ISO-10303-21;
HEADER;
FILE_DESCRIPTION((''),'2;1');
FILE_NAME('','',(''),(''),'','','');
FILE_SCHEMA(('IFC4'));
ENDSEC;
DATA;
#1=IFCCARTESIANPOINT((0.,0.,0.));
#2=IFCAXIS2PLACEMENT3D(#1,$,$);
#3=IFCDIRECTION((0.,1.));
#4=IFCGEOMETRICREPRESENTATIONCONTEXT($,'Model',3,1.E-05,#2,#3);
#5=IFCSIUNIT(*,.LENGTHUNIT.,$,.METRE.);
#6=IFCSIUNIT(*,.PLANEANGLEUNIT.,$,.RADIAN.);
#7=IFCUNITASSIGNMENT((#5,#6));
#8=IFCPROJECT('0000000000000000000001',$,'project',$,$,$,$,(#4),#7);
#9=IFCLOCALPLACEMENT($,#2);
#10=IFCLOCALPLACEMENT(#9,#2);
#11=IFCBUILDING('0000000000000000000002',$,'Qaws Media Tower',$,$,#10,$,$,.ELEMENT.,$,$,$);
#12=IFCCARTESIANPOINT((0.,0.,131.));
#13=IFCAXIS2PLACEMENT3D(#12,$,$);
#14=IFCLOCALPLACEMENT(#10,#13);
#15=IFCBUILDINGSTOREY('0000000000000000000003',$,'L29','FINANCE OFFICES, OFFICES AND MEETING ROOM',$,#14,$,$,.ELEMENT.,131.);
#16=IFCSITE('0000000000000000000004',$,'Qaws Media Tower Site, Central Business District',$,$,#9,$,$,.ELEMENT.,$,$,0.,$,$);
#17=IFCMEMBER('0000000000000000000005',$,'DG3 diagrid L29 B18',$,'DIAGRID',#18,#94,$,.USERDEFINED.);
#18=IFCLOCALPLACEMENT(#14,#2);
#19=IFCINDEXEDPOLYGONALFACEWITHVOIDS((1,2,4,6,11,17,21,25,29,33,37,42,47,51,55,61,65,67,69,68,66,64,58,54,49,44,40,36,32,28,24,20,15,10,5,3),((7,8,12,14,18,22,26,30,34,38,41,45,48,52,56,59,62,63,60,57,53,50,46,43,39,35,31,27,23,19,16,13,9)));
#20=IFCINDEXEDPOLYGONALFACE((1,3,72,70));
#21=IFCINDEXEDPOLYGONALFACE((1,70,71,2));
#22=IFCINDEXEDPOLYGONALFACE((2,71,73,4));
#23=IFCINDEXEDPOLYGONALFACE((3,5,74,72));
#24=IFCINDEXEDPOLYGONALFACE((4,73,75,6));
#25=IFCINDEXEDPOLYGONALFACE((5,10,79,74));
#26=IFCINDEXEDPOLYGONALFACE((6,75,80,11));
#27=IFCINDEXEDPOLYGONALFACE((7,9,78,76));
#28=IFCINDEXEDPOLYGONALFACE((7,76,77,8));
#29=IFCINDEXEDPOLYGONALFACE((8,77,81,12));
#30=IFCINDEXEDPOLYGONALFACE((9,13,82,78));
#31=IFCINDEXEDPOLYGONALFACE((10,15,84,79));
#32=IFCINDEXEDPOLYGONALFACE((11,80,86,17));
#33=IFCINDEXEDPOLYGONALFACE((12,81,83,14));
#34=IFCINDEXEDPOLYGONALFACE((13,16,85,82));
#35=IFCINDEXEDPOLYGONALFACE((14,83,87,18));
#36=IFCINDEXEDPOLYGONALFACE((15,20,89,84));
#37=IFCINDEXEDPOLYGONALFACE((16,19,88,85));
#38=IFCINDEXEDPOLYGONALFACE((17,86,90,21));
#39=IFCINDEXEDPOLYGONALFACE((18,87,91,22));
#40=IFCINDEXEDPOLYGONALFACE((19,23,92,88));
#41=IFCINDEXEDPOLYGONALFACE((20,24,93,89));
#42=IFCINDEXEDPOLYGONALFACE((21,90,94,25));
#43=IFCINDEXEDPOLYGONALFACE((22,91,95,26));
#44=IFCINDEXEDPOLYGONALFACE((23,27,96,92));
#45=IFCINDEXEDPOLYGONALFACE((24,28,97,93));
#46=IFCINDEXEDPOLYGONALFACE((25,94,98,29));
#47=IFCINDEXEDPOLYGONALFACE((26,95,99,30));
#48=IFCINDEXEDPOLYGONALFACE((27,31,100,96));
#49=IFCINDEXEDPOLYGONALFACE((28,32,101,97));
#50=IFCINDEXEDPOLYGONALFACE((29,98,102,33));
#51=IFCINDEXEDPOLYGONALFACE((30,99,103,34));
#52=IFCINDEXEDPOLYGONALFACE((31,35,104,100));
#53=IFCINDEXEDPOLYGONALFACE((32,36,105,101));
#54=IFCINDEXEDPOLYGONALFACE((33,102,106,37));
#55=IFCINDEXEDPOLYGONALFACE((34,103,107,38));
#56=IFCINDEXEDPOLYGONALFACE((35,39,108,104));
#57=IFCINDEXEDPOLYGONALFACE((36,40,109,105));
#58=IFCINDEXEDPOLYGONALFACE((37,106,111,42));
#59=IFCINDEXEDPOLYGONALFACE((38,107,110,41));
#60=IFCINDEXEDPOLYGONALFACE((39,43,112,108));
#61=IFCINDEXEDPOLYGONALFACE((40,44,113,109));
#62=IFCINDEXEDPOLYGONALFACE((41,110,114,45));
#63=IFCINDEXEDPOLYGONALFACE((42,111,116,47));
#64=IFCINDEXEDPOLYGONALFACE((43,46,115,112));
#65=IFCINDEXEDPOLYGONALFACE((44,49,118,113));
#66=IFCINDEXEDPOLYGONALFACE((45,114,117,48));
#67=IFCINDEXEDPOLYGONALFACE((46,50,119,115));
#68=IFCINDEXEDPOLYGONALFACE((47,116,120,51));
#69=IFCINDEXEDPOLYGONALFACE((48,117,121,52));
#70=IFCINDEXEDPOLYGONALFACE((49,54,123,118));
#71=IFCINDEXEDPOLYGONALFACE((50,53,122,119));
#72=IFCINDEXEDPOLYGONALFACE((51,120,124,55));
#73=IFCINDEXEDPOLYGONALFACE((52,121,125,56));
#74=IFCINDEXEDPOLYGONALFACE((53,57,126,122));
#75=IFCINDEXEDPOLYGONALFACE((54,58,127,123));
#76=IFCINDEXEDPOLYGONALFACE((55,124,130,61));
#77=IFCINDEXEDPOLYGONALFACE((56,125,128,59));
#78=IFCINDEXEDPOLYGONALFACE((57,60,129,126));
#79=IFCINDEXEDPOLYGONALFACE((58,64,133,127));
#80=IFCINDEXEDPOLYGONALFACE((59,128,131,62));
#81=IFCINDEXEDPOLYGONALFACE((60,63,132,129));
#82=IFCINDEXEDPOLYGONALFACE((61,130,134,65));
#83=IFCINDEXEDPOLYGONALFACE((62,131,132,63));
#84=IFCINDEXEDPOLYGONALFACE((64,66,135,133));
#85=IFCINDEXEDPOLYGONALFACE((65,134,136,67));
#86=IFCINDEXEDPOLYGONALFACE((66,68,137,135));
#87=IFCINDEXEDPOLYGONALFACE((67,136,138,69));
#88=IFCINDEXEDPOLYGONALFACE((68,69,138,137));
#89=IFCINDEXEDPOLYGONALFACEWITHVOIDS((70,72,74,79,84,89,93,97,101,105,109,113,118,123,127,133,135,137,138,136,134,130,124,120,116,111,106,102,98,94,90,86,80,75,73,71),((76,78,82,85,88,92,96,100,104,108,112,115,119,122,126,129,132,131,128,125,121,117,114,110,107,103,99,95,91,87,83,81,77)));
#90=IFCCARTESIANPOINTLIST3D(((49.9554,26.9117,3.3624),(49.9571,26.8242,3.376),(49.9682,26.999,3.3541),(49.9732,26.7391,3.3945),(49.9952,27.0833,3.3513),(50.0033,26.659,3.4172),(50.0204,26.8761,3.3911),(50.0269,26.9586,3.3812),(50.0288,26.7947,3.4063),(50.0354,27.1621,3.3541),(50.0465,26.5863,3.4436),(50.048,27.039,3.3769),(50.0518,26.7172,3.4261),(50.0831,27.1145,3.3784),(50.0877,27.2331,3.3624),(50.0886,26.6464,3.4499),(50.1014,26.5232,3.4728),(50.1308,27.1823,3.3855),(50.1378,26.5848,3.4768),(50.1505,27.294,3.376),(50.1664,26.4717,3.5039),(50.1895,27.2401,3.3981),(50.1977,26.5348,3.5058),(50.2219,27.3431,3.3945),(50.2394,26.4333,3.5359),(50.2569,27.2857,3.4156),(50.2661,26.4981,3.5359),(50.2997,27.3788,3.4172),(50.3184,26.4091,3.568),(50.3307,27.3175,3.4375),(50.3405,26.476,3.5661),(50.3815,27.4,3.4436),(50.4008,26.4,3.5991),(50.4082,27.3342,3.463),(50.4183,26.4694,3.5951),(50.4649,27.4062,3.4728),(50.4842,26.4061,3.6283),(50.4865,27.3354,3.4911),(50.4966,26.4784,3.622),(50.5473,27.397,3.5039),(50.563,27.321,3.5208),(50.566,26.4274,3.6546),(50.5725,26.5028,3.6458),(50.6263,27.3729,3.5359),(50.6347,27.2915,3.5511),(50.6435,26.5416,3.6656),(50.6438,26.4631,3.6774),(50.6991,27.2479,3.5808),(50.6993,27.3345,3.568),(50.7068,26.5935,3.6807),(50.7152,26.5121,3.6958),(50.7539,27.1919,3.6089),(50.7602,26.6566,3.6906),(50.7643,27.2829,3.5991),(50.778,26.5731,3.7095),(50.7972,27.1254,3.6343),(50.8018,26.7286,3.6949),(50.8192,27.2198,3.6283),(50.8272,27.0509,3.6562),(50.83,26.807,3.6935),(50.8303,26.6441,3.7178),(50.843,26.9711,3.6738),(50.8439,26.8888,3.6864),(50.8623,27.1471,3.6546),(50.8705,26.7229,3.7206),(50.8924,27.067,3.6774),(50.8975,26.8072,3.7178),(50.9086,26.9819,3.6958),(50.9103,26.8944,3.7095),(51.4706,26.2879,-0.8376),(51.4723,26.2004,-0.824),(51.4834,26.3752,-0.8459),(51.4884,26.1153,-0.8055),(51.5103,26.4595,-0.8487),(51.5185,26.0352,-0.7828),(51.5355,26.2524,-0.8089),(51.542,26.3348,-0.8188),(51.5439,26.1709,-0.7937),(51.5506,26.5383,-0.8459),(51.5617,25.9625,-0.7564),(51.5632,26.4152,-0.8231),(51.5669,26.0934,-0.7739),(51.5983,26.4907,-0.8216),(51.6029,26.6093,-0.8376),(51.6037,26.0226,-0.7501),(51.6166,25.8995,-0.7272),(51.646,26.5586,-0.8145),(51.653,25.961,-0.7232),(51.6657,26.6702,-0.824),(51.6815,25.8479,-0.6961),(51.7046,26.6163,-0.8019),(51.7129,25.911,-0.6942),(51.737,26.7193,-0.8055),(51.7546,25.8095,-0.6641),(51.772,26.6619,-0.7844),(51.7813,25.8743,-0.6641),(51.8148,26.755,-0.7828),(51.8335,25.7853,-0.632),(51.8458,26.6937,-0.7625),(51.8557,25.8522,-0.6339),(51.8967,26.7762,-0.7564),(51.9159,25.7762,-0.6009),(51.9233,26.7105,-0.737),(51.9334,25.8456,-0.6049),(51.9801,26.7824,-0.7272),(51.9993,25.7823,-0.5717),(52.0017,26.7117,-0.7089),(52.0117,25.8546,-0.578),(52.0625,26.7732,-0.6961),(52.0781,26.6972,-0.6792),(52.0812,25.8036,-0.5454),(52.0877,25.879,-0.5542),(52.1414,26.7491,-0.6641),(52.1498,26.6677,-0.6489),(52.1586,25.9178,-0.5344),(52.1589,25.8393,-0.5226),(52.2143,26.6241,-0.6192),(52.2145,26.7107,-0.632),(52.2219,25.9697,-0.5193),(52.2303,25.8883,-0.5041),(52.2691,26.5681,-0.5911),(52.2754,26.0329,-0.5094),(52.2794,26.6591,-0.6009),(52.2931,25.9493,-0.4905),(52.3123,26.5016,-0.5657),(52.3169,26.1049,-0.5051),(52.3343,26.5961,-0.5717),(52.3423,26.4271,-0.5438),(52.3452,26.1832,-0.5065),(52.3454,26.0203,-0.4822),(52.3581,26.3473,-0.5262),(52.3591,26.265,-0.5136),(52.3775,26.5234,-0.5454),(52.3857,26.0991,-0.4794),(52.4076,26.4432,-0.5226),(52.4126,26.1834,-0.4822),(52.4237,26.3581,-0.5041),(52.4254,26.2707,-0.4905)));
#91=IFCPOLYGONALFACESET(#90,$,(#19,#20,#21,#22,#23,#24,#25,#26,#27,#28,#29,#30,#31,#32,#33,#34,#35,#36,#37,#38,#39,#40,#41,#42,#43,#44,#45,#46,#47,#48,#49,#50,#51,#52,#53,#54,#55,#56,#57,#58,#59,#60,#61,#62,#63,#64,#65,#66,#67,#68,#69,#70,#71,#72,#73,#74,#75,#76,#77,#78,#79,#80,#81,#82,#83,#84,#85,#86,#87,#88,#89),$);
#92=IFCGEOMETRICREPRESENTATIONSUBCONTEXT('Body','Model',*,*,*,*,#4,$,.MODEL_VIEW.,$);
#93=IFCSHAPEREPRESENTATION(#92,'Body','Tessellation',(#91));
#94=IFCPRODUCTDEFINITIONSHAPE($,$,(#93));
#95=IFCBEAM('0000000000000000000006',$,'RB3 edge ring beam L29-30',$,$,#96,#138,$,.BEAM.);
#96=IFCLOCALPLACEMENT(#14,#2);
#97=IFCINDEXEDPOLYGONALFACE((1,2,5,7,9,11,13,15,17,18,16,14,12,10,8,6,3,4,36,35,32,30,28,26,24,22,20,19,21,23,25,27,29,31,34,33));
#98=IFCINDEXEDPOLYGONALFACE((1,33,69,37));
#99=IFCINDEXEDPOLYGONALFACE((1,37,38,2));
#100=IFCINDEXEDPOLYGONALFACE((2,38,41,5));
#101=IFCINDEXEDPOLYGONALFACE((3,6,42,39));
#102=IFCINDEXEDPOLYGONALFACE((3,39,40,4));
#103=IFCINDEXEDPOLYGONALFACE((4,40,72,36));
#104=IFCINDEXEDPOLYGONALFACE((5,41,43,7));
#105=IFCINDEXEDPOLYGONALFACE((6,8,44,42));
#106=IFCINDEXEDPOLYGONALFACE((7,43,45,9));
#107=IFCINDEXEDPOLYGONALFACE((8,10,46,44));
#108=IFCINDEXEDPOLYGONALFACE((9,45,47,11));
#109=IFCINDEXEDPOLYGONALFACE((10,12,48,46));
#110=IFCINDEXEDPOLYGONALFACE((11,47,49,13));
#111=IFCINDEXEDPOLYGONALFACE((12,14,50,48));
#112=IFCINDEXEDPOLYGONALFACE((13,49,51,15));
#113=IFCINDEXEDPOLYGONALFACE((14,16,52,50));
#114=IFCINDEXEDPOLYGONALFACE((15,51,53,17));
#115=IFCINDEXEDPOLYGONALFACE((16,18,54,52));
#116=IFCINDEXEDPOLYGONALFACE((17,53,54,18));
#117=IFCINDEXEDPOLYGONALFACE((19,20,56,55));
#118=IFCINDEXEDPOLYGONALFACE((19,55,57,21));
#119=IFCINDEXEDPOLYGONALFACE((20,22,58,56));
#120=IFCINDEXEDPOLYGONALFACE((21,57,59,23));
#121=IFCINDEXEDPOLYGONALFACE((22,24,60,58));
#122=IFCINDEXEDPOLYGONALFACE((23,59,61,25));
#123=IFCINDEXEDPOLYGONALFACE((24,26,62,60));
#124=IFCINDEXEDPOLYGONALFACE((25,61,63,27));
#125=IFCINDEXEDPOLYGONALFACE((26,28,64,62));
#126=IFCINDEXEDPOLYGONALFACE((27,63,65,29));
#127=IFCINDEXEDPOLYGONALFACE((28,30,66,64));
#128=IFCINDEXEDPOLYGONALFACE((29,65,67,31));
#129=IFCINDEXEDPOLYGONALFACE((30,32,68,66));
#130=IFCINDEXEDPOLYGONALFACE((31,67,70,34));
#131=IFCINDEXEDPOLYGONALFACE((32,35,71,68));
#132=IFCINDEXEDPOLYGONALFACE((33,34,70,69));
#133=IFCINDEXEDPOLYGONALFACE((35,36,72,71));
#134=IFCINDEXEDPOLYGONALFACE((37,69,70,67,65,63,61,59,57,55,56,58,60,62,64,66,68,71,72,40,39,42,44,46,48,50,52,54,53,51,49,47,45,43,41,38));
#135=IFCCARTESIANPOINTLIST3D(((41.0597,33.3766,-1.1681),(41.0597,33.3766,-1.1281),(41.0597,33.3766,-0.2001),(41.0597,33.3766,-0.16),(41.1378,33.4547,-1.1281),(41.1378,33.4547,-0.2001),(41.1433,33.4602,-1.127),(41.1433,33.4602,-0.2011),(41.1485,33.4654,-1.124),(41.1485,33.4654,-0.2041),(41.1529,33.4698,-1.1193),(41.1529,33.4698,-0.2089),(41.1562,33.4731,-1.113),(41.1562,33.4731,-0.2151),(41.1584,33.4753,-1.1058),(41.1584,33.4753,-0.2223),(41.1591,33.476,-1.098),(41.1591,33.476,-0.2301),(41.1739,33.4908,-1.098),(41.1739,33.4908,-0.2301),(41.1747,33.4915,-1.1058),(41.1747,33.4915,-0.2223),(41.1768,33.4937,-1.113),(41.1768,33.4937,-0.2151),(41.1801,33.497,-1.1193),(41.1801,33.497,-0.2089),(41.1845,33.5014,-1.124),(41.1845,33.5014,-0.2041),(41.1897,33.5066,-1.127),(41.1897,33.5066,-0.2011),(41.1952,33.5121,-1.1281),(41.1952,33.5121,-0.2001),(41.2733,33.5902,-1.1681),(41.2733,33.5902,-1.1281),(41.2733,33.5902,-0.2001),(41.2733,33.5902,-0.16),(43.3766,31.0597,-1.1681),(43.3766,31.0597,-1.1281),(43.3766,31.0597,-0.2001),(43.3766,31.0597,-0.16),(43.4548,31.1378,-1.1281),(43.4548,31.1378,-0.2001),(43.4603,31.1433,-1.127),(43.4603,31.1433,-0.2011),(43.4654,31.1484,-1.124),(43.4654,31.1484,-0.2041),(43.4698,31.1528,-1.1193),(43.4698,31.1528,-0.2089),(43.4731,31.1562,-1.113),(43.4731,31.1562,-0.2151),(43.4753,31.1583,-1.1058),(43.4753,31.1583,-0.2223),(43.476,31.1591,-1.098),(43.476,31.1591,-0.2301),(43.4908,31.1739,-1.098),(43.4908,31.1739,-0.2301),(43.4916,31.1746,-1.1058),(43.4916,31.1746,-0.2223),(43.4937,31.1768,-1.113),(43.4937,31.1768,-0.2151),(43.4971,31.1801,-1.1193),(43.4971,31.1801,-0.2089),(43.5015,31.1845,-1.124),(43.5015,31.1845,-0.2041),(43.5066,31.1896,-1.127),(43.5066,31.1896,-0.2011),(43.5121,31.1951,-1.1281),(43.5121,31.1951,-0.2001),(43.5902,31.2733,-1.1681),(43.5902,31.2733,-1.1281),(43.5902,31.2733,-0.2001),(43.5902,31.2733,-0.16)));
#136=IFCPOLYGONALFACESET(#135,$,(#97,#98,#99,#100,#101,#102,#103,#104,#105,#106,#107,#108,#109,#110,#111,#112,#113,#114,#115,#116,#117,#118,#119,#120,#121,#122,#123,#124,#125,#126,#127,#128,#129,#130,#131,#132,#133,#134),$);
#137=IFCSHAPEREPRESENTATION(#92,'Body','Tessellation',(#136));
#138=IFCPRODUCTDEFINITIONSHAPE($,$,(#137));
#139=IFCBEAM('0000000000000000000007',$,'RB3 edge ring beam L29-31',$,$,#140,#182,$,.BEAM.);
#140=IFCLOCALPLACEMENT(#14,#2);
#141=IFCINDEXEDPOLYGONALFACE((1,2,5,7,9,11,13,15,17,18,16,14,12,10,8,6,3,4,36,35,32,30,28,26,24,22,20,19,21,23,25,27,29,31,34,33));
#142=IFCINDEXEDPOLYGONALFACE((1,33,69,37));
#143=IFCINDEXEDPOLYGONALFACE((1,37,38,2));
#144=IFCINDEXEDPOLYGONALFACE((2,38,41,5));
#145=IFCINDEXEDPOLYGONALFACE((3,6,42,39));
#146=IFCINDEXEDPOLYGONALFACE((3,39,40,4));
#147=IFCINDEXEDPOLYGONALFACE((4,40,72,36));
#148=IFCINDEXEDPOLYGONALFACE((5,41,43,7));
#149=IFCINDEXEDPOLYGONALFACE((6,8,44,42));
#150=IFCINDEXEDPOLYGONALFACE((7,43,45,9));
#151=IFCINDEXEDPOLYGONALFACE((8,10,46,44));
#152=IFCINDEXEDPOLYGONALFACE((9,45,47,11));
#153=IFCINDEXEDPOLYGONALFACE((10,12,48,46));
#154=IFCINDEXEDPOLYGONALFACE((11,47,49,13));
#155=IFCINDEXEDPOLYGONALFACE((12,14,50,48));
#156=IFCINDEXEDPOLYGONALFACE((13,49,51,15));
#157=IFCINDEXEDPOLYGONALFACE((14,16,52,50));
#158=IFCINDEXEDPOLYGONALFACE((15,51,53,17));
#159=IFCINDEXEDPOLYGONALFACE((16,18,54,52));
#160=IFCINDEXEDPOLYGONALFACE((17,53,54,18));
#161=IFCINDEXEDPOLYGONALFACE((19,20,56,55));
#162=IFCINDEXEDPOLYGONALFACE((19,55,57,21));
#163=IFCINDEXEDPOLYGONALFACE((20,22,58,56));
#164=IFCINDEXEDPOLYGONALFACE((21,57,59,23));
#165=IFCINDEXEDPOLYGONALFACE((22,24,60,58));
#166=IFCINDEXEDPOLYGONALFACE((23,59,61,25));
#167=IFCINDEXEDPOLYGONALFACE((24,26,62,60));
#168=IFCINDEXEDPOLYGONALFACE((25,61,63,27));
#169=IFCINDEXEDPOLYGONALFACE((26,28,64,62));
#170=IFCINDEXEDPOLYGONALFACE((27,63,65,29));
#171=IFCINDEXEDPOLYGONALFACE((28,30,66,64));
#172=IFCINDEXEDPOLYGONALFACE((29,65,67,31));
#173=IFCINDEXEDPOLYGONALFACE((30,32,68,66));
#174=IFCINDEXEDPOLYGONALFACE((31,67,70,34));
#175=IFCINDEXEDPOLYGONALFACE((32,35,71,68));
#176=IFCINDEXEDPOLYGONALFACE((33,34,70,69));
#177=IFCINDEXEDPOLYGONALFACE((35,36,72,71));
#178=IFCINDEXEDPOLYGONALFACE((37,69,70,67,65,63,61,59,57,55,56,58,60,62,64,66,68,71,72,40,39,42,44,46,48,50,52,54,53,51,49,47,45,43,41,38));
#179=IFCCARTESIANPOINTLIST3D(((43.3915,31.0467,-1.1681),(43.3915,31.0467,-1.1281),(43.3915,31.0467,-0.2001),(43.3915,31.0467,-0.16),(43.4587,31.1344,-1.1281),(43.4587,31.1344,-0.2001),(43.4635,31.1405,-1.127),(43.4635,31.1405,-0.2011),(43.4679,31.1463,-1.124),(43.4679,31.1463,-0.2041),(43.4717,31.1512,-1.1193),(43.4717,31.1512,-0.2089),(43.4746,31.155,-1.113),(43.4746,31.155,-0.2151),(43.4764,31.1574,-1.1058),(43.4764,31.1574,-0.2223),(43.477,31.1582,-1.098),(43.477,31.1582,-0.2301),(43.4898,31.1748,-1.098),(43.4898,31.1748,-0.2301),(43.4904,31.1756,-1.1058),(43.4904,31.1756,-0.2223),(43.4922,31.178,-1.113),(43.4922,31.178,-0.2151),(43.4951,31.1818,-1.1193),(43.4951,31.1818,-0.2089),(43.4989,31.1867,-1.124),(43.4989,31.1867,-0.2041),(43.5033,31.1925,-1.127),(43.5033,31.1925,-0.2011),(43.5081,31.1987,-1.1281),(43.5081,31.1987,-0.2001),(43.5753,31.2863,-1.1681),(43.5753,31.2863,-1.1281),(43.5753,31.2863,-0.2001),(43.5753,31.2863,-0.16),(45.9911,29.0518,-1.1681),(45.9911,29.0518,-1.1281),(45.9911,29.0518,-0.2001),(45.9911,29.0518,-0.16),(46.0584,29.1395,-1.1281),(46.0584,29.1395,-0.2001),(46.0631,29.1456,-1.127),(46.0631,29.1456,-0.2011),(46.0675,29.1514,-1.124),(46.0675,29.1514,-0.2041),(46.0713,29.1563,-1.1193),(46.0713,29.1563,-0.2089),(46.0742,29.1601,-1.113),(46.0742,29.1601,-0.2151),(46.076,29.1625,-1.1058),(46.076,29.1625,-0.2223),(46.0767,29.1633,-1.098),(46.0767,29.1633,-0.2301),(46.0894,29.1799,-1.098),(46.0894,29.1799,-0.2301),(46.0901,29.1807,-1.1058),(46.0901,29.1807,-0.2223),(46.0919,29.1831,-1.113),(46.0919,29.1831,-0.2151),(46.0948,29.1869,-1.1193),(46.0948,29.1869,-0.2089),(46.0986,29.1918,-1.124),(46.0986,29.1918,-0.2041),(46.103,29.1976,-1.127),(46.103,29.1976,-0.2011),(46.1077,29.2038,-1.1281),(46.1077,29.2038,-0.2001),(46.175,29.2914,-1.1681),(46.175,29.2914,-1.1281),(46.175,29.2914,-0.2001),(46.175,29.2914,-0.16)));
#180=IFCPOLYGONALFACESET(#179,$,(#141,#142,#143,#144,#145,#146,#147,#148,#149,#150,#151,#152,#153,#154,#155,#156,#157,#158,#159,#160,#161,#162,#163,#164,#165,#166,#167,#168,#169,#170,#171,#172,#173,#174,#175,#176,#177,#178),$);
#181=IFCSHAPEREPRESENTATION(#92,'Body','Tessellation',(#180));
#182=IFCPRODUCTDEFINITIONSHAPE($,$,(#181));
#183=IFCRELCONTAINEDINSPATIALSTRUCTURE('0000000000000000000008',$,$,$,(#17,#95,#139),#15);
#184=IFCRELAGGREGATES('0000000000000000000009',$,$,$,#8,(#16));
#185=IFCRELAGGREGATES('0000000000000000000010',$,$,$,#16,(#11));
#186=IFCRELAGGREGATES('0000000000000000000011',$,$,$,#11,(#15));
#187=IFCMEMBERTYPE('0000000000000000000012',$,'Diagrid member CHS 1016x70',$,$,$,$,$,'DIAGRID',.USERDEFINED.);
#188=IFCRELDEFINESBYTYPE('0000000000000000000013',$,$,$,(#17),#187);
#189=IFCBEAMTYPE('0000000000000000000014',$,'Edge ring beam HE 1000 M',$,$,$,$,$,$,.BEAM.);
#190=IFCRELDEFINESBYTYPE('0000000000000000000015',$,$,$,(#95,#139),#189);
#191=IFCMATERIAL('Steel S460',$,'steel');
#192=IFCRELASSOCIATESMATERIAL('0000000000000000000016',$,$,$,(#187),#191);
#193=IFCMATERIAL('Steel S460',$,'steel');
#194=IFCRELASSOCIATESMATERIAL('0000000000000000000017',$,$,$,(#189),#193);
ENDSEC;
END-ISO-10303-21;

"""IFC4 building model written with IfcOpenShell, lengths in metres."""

from ifc_helpers import new_model, si_unit, direction, frame, origin, origin_2d, place, context, subcontext, project, spatial, hollow_circle, i_section, extrude, material, material_profile, profile_set, type_object, element, save


model = new_model("IFC4")

# Units and contexts
model_context = context("Model", 3, precision=1e-05, world=origin(), true_north=direction((0.0, 1.0)))
body_context = subcontext(model_context, "Body", "Model", "MODEL_VIEW")
ifc_project = project(units=[si_unit("LENGTHUNIT", "METRE"), si_unit("PLANEANGLEUNIT", "RADIAN")], contexts=[model_context])

# Site, building, storey
site_placement = place(None, origin())
site = spatial("IfcSite", under=ifc_project, at=site_placement, Name="Qaws Media Tower Site, Central Business District", CompositionType="ELEMENT", RefElevation=0.0)
building_placement = place(site_placement, origin())
building = spatial("IfcBuilding", under=site, at=building_placement, Name="Qaws Media Tower", CompositionType="ELEMENT")
storey_placement = place(building_placement, frame((0.0, 0.0, 131.0)))
storey = spatial("IfcBuildingStorey", under=building, at=storey_placement, Name="L29", Description="FINANCE OFFICES, OFFICES AND MEETING ROOM", CompositionType="ELEMENT", Elevation=131.0)

# Member
ifc_material_1 = material(Name="Steel S460", Category="steel")
ifc_material_profile_1 = material_profile(ifc_material_1, hollow_circle(Radius=0.5081, WallThickness=0.0701, at=origin_2d()), Name="CHS 1016x70")
ifc_profile_set_1 = profile_set([ifc_material_profile_1], Name="Steel S460")
member_type_1 = type_object("IfcMemberType", Name="Diagrid member CHS 1016x70", ElementType="DIAGRID", PredefinedType="USERDEFINED", material=ifc_profile_set_1)
for number, where, z_axis, x_axis, name in (
    (1, (51.948, 26.2793, -0.6641), (-0.336081, 0.138364, 0.931614), (-0.380697, -0.9247, 0.0), "DG3 diagrid L29 B18"),
):
    element("IfcMember", number, at=place(storey_placement, frame(where, z_axis=z_axis, x_axis=x_axis)), inside=storey, type_object=member_type_1, Name=name, ObjectType="DIAGRID", PredefinedType="USERDEFINED", context=body_context, shape_type="SweptSolid", body=[
        extrude(hollow_circle(Radius=0.5081, WallThickness=0.0701, at=origin_2d()), origin(), (0.0, 0.0, 1.0), 4.5083),
    ])

# Beams
ifc_material_2 = material(Name="Steel S460", Category="steel")
ifc_material_profile_2 = material_profile(ifc_material_2, i_section(OverallWidth=0.302, OverallDepth=1.0081, WebThickness=0.021, FlangeThickness=0.04, FilletRadius=0.03, at=origin_2d()), Name="HE 1000 M")
ifc_profile_set_2 = profile_set([ifc_material_profile_2], Name="Steel S460")
beam_type = type_object("IfcBeamType", Name="Edge ring beam HE 1000 M", PredefinedType="BEAM", material=ifc_profile_set_2)
beam_1_placement = place(storey_placement, frame((41.1665, 33.4834, -0.6641), z_axis=(0.707107, -0.707107, 0.0), x_axis=(0.707107, 0.707107, 0.0)))
element("IfcBeam", 2, at=beam_1_placement, inside=storey, type_object=beam_type, Name="RB3 edge ring beam L29-30", PredefinedType="BEAM", context=body_context, shape_type="SweptSolid", body=[
    extrude(i_section(OverallWidth=0.302, OverallDepth=1.0081, WebThickness=0.021, FlangeThickness=0.04, FilletRadius=0.03, at=origin_2d()), origin(), (0.0, 0.0, 1.0), 3.2766),
])
beam_2_placement = place(storey_placement, frame((43.4834, 31.1665, -0.6641), z_axis=(0.793335, -0.608785, 0.0), x_axis=(0.608785, 0.793335, 0.0)))
element("IfcBeam", 3, at=beam_2_placement, inside=storey, type_object=beam_type, Name="RB3 edge ring beam L29-31", PredefinedType="BEAM", context=body_context, shape_type="SweptSolid", body=[
    extrude(i_section(OverallWidth=0.302, OverallDepth=1.0081, WebThickness=0.021, FlangeThickness=0.04, FilletRadius=0.03, at=origin_2d()), origin(), (0.0, 0.0, 1.0), 3.2769),
])

save(model, "model.ifc")
